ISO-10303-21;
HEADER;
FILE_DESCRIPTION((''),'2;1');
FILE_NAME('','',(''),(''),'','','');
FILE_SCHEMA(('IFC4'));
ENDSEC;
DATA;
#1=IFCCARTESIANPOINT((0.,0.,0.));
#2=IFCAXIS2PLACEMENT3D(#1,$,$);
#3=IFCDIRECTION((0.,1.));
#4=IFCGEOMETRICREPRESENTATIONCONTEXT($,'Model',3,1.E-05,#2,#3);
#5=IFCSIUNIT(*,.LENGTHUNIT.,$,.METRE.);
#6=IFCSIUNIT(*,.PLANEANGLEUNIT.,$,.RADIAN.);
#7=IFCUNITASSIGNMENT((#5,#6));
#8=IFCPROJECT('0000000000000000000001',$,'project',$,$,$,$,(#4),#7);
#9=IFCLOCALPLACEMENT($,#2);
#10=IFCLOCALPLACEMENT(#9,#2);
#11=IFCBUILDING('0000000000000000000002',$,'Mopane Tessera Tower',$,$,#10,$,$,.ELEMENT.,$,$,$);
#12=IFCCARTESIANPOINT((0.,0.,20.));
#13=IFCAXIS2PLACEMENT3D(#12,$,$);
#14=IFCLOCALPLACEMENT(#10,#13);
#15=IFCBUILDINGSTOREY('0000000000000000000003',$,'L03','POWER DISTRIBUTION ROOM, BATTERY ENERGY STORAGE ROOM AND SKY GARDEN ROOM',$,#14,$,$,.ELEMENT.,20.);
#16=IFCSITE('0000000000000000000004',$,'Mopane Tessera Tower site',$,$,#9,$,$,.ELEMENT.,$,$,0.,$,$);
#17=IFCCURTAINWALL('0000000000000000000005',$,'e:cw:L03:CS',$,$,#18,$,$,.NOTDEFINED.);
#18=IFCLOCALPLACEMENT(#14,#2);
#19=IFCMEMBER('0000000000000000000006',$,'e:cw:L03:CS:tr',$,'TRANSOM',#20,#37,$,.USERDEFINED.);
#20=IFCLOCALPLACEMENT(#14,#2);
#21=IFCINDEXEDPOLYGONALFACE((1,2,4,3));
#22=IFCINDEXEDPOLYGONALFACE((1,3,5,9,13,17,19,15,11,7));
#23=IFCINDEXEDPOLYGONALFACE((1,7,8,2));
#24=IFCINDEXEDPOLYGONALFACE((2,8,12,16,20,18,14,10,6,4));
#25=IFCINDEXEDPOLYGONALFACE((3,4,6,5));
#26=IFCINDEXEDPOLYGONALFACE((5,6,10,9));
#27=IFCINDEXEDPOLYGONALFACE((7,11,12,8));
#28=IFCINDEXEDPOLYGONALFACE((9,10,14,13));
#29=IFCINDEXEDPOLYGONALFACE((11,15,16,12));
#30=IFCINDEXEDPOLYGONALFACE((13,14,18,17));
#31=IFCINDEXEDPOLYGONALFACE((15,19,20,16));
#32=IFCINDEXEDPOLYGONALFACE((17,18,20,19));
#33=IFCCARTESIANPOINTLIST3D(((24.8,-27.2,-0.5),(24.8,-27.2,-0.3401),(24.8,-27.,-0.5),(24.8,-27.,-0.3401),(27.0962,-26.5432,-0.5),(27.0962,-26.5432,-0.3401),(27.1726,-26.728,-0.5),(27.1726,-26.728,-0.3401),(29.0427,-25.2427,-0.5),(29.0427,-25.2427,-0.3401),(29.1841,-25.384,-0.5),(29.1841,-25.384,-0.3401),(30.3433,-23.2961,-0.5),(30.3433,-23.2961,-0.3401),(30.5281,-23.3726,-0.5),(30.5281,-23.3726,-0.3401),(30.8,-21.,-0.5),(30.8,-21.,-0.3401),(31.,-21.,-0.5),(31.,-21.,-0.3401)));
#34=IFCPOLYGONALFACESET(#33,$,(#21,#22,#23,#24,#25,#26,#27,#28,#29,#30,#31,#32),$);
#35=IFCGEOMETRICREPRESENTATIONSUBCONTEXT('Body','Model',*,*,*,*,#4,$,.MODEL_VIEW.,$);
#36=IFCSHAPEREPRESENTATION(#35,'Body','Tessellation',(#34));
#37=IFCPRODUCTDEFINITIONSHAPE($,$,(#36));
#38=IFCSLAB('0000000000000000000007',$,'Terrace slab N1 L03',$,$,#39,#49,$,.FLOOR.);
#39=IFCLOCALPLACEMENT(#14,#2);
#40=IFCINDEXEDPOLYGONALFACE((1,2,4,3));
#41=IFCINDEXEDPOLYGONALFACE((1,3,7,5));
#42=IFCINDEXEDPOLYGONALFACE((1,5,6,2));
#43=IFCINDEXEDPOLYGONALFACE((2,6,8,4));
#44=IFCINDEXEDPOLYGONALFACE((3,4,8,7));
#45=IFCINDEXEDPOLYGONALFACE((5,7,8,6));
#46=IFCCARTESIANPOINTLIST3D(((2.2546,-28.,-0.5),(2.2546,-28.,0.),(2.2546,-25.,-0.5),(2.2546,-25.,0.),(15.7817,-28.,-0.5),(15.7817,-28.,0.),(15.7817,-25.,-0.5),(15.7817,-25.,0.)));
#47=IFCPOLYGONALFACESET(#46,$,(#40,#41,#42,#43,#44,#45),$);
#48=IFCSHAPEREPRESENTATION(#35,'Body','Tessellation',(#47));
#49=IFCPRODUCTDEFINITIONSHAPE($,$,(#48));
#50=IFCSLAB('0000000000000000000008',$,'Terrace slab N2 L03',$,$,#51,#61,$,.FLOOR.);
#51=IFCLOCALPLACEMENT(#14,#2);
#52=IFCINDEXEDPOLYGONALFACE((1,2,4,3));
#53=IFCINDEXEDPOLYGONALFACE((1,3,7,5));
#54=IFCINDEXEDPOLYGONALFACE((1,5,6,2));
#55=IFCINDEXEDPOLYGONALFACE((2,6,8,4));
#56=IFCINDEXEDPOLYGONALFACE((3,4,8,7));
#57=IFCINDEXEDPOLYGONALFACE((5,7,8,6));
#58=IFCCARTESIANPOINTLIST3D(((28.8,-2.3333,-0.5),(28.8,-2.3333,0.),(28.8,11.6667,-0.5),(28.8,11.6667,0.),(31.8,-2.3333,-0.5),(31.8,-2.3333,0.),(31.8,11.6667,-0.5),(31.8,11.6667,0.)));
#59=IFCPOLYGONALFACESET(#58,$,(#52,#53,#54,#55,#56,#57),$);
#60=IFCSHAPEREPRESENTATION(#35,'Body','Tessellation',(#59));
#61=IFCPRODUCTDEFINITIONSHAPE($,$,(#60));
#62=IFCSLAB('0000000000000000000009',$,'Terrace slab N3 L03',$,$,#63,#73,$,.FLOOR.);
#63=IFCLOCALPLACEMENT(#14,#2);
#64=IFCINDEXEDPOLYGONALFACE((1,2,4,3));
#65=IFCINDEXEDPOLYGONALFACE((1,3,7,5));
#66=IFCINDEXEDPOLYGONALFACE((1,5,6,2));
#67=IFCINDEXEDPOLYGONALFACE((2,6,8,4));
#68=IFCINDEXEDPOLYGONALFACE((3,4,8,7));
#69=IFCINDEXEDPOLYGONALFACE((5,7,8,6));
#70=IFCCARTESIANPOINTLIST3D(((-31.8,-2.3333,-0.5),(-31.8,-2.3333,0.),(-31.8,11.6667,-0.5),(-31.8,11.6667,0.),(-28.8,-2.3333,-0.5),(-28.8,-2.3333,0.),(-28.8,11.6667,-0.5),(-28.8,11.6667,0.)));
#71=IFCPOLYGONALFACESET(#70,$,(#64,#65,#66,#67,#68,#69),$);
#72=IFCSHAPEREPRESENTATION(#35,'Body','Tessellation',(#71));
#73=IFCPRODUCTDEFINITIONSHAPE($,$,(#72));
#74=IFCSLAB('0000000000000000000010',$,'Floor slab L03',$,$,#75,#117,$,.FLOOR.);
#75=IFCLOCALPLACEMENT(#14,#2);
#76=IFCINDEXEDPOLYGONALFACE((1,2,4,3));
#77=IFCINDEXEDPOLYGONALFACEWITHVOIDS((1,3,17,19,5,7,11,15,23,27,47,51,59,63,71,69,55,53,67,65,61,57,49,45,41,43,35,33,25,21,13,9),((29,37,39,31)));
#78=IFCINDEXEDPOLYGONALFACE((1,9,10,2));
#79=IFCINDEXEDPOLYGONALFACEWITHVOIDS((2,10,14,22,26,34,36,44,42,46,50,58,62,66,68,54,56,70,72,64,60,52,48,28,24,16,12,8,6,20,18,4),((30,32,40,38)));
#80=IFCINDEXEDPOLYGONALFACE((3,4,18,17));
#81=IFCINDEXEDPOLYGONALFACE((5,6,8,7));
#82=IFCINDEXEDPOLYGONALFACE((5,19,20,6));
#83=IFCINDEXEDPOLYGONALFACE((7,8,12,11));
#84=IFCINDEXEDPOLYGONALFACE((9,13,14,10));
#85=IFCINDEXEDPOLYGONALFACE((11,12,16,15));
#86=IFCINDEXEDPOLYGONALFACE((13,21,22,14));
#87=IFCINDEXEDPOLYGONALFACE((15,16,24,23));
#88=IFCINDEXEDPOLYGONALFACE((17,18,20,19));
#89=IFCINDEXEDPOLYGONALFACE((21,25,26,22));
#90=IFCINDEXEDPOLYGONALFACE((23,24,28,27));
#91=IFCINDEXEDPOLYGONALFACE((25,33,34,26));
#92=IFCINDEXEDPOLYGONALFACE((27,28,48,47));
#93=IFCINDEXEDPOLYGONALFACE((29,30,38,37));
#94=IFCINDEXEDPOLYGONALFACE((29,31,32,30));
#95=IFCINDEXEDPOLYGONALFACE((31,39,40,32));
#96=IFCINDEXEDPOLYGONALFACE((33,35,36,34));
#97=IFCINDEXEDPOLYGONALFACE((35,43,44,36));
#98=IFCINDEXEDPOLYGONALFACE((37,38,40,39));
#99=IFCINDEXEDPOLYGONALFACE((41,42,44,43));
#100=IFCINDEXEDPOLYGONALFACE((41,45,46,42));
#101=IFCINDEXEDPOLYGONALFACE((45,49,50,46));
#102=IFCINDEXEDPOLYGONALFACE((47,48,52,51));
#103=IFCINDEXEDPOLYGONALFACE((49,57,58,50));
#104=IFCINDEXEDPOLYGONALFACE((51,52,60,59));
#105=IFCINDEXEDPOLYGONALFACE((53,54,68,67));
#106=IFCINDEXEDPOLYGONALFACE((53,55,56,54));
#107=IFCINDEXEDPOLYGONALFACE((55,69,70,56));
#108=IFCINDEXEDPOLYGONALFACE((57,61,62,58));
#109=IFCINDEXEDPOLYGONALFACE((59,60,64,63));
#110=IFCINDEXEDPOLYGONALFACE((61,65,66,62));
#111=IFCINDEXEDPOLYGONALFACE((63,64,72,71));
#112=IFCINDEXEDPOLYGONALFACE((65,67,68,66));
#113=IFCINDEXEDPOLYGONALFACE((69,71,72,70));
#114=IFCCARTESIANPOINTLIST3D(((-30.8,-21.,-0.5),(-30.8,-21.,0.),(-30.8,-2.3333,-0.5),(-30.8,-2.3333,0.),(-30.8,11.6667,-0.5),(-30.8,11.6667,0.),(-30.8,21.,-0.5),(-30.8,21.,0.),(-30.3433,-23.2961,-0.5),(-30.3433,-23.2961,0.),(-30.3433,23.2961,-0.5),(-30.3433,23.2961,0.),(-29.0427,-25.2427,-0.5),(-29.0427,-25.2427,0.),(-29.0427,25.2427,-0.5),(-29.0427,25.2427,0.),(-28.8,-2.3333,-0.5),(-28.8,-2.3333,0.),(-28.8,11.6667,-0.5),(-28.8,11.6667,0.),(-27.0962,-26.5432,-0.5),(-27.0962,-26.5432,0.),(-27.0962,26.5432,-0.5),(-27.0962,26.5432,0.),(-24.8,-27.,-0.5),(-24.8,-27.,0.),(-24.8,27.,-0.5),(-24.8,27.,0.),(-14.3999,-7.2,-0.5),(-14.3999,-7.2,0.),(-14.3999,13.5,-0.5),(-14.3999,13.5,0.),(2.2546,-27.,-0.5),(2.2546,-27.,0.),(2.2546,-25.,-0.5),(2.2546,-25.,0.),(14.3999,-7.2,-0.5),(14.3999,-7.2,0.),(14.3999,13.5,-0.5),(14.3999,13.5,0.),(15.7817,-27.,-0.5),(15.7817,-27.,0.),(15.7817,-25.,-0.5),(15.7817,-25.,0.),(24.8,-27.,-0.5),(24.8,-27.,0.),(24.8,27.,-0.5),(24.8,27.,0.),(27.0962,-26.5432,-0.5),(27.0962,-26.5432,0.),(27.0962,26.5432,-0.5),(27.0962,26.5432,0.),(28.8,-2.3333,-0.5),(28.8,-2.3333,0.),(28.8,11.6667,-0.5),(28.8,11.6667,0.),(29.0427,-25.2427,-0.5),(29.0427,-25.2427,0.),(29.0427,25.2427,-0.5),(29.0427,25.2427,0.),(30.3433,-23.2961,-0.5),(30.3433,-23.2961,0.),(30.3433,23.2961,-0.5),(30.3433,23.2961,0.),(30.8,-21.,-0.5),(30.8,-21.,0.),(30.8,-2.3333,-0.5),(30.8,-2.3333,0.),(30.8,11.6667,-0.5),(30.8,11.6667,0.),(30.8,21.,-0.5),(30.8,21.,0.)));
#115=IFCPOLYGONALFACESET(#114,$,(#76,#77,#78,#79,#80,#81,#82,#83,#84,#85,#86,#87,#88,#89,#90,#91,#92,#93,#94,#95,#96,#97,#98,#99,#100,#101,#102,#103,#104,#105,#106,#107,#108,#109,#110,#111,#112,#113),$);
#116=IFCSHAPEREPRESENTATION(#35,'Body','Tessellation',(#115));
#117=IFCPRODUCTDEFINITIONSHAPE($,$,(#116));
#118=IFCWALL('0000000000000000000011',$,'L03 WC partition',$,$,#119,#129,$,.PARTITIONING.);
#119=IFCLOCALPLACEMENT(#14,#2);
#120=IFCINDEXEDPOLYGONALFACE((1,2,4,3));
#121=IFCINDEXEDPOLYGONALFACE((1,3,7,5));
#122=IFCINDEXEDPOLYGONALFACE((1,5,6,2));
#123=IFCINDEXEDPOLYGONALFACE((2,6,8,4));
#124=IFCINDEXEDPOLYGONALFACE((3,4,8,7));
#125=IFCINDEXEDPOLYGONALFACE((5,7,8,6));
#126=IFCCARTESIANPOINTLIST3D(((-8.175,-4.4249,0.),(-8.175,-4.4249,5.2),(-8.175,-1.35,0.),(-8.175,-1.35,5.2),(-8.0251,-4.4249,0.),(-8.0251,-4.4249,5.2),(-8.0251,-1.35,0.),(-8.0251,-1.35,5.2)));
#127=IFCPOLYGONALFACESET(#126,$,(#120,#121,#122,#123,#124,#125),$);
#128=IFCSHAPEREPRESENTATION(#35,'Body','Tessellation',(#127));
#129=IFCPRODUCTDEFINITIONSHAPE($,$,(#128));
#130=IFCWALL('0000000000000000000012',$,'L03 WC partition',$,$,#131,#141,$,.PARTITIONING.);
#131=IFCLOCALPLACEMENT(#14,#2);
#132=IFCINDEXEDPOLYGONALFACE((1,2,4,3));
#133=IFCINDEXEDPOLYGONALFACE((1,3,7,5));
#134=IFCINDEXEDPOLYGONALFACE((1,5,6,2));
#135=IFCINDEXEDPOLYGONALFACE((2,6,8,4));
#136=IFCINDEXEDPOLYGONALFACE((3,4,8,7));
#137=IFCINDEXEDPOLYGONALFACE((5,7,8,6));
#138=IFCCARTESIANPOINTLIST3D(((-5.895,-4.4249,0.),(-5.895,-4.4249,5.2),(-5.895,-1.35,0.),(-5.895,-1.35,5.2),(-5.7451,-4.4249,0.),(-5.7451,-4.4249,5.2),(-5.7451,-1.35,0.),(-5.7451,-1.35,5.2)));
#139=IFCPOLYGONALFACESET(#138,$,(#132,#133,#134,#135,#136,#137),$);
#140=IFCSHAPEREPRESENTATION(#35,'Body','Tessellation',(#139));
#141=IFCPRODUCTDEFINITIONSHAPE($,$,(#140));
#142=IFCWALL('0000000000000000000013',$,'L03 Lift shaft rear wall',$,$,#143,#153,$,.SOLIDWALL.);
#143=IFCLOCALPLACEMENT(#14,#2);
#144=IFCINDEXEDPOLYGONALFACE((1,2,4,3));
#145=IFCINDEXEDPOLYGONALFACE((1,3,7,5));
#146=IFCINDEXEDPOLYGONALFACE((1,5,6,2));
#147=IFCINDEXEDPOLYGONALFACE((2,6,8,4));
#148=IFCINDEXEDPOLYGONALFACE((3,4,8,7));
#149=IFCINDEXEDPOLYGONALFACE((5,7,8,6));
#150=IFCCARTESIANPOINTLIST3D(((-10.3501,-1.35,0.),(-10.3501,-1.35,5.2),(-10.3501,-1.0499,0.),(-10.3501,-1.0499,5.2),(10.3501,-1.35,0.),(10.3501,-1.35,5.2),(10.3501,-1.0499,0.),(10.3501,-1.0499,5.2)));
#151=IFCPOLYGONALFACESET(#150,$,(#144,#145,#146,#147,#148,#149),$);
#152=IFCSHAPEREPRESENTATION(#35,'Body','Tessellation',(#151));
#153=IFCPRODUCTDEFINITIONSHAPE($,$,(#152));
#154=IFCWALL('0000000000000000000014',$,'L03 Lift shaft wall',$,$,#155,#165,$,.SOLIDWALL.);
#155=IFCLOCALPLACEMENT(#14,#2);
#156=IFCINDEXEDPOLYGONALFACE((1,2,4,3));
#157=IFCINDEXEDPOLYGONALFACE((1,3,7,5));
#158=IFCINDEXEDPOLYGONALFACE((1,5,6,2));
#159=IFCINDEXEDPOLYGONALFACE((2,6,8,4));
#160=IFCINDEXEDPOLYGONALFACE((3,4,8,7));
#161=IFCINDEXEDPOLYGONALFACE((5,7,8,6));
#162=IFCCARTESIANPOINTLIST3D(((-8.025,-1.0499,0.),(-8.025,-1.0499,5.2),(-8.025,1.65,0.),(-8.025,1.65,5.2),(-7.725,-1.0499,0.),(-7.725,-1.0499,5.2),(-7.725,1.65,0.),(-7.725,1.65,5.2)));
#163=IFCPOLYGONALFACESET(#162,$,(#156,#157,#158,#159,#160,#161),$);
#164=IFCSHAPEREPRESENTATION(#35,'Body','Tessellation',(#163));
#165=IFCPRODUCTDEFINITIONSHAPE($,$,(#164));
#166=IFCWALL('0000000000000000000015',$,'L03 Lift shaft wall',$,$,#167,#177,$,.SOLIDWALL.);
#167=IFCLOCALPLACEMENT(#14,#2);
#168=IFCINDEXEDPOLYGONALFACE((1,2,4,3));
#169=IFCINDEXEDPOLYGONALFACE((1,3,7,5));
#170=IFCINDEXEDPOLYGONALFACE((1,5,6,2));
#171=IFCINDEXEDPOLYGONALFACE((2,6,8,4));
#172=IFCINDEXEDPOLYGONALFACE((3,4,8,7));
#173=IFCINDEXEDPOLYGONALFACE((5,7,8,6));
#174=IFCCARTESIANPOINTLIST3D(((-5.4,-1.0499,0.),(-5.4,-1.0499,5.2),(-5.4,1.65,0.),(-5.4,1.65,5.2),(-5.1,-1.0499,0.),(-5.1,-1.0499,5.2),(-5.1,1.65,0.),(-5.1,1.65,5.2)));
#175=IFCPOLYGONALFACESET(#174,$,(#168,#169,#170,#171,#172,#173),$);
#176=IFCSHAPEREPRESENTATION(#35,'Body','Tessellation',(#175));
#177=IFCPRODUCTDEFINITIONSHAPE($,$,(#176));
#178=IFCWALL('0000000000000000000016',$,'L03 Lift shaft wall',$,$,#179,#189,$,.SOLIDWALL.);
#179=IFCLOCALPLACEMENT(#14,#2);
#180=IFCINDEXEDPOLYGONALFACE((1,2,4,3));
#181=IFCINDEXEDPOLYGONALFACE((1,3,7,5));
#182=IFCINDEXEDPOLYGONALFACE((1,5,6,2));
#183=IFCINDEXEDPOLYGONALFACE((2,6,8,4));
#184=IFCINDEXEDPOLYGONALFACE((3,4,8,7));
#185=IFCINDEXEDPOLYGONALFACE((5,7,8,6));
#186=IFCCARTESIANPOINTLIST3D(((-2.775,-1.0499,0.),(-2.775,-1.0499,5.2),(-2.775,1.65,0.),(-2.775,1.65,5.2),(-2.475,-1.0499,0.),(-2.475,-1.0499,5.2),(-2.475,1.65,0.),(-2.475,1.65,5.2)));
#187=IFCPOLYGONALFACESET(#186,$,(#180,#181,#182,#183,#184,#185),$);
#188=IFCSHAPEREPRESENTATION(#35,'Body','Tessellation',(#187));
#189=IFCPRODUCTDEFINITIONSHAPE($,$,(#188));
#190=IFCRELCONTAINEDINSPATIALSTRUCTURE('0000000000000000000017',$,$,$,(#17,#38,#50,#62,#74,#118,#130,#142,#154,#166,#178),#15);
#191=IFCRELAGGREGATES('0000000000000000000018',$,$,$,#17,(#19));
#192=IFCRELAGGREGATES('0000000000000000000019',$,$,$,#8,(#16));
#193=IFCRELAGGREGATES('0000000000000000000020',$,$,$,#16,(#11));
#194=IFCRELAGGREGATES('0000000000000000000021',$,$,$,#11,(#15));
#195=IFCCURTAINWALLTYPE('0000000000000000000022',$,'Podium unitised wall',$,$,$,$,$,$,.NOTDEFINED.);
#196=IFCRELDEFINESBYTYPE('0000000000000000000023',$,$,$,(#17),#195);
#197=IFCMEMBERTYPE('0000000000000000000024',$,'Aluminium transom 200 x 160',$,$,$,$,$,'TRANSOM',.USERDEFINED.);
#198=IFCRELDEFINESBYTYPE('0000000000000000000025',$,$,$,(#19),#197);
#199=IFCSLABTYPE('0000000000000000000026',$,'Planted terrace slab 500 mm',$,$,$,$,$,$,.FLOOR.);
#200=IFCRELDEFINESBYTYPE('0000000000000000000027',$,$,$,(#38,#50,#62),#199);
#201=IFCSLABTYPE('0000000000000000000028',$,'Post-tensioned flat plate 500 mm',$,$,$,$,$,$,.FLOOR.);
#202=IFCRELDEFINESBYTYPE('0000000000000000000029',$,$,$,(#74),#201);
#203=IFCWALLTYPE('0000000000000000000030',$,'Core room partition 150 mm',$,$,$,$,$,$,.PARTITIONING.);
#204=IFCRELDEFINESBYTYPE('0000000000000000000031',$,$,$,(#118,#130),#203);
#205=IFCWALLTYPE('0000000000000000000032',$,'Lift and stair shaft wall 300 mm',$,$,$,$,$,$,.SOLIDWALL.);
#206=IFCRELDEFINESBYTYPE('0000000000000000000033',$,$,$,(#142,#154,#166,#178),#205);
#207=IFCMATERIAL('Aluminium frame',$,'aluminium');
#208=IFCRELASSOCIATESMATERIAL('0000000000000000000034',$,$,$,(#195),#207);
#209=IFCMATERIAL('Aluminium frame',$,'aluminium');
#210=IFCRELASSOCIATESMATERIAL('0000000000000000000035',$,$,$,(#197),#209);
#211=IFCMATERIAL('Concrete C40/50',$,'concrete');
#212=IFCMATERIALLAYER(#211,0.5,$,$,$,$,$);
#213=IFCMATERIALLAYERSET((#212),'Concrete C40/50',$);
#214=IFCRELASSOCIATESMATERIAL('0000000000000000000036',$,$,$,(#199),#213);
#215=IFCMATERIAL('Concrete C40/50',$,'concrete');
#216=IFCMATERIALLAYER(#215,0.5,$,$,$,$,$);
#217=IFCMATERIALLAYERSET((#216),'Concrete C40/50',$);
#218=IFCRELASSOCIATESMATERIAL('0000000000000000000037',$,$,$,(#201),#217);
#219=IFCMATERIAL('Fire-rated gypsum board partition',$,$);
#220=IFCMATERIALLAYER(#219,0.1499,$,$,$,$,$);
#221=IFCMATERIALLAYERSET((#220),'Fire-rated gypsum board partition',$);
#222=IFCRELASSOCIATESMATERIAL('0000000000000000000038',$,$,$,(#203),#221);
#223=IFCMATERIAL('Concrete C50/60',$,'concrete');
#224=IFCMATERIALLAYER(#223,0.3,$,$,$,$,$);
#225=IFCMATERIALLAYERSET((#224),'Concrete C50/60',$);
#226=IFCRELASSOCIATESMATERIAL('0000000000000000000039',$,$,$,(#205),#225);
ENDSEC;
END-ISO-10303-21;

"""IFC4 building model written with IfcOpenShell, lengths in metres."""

from ifc_helpers import new_model, si_unit, direction, frame, frame_2d, origin, origin_2d, place, context, subcontext, project, spatial, polyline, rectangle, outline, extrude, material, layer, layer_set, material_profile, profile_set, type_object, element, aggregate, save


model = new_model("IFC4")

# Units and contexts
model_context = context("Model", 3, precision=1e-05, world=origin(), true_north=direction((0.0, 1.0)))
body_context = subcontext(model_context, "Body", "Model", "MODEL_VIEW")
ifc_project = project(units=[si_unit("LENGTHUNIT", "METRE"), si_unit("PLANEANGLEUNIT", "RADIAN")], contexts=[model_context])

# Site, building, storey
site_placement = place(None, origin())
site = spatial("IfcSite", under=ifc_project, at=site_placement, Name="Mopane Tessera Tower site", CompositionType="ELEMENT", RefElevation=0.0)
building_placement = place(site_placement, origin())
building = spatial("IfcBuilding", under=site, at=building_placement, Name="Mopane Tessera Tower", CompositionType="ELEMENT")
storey_placement = place(building_placement, frame((0.0, 0.0, 20.0)))
storey = spatial("IfcBuildingStorey", under=building, at=storey_placement, Name="L03", Description="POWER DISTRIBUTION ROOM, BATTERY ENERGY STORAGE ROOM AND SKY GARDEN ROOM", CompositionType="ELEMENT", Elevation=20.0)

# Curtain wall, member
ifc_material_1 = material(Name="Aluminium frame", Category="aluminium")
curtain_wall_type = type_object("IfcCurtainWallType", Name="Podium unitised wall", PredefinedType="NOTDEFINED", material=ifc_material_1)
curtain_wall_placement = place(storey_placement, origin())
curtain_wall = element("IfcCurtainWall", 1, at=curtain_wall_placement, inside=storey, type_object=curtain_wall_type, Name="e:cw:L03:CS", PredefinedType="NOTDEFINED")
ifc_material_2 = material(Name="Aluminium frame", Category="aluminium")
ifc_material_profile = material_profile(ifc_material_2, rectangle(XDim=0.2, YDim=0.1599, at=origin_2d()))
ifc_profile_set = profile_set([ifc_material_profile], Name="Aluminium frame")
member_type = type_object("IfcMemberType", Name="Aluminium transom 200 x 160", ElementType="TRANSOM", PredefinedType="USERDEFINED", material=ifc_profile_set)
member_placement = place(storey_placement, frame((0.0, 0.0, -0.5)))
member = element("IfcMember", 2, at=member_placement, type_object=member_type, Name="e:cw:L03:CS:tr", ObjectType="TRANSOM", PredefinedType="USERDEFINED", context=body_context, shape_type="SweptSolid", body=[
    extrude(outline(polyline([(24.8, -27.0), (27.0962, -26.5432), (29.0427, -25.2427), (30.3433, -23.2961), (30.8, -21.0), (31.0, -21.0), (30.5281, -23.3726), (29.1841, -25.384), (27.1726, -26.728), (24.8, -27.2), (24.8, -27.0)])), origin(), (0.0, 0.0, 1.0), 0.1599),
])
aggregate(curtain_wall, [member])

# Slabs
ifc_material_3 = material(Name="Concrete C40/50", Category="concrete")
ifc_layer_1 = layer(ifc_material_3, 0.5)
ifc_layer_set_1 = layer_set([ifc_layer_1], Name="Concrete C40/50")
slab_type_1 = type_object("IfcSlabType", Name="Planted terrace slab 500 mm", PredefinedType="FLOOR", material=ifc_layer_set_1)
slab_1_placement = place(storey_placement, frame((0.0, 0.0, -0.5)))
element("IfcSlab", 3, at=slab_1_placement, inside=storey, type_object=slab_type_1, Name="Terrace slab N1 L03", PredefinedType="FLOOR", context=body_context, shape_type="SweptSolid", body=[
    extrude(outline(polyline([(15.7817, -28.0), (15.7817, -25.0), (2.2546, -25.0), (2.2546, -28.0), (15.7817, -28.0)])), origin(), (0.0, 0.0, 1.0), 0.5),
])
slab_2_placement = place(storey_placement, frame((0.0, 0.0, -0.5)))
element("IfcSlab", 4, at=slab_2_placement, inside=storey, type_object=slab_type_1, Name="Terrace slab N2 L03", PredefinedType="FLOOR", context=body_context, shape_type="SweptSolid", body=[
    extrude(outline(polyline([(31.8, 11.6667), (28.8, 11.6667), (28.8, -2.3333), (31.8, -2.3333), (31.8, 11.6667)])), origin(), (0.0, 0.0, 1.0), 0.5),
])
slab_3_placement = place(storey_placement, frame((0.0, 0.0, -0.5)))
element("IfcSlab", 5, at=slab_3_placement, inside=storey, type_object=slab_type_1, Name="Terrace slab N3 L03", PredefinedType="FLOOR", context=body_context, shape_type="SweptSolid", body=[
    extrude(outline(polyline([(-31.8, -2.3333), (-28.8, -2.3333), (-28.8, 11.6667), (-31.8, 11.6667), (-31.8, -2.3333)])), origin(), (0.0, 0.0, 1.0), 0.5),
])
ifc_material_4 = material(Name="Concrete C40/50", Category="concrete")
ifc_layer_2 = layer(ifc_material_4, 0.5)
ifc_layer_set_2 = layer_set([ifc_layer_2], Name="Concrete C40/50")
slab_type_2 = type_object("IfcSlabType", Name="Post-tensioned flat plate 500 mm", PredefinedType="FLOOR", material=ifc_layer_set_2)
slab_4_placement = place(storey_placement, frame((0.0, 0.0, -0.5)))
element("IfcSlab", 6, at=slab_4_placement, inside=storey, type_object=slab_type_2, Name="Floor slab L03", PredefinedType="FLOOR", context=body_context, shape_type="SweptSolid", body=[
    extrude(outline(polyline([(-24.8, -27.0), (2.2546, -27.0), (2.2546, -25.0), (15.7817, -25.0), (15.7817, -27.0), (24.8, -27.0), (27.0962, -26.5432), (29.0427, -25.2427), (30.3433, -23.2961), (30.8, -21.0), (30.8, -2.3333), (28.8, -2.3333), (28.8, 11.6667), (30.8, 11.6667), (30.8, 21.0), (30.3433, 23.2961), (29.0427, 25.2427), (27.0962, 26.5432), (24.8, 27.0), (-24.8, 27.0), (-27.0962, 26.5432), (-29.0427, 25.2427), (-30.3433, 23.2961), (-30.8, 21.0), (-30.8, 11.6667), (-28.8, 11.6667), (-28.8, -2.3333), (-30.8, -2.3333), (-30.8, -21.0), (-30.3433, -23.2961), (-29.0427, -25.2427), (-27.0962, -26.5432), (-24.8, -27.0)]), holes=[polyline([(14.3999, -7.2), (-14.3999, -7.2), (-14.3999, 13.5), (14.3999, 13.5), (14.3999, -7.2)])]), origin(), (0.0, 0.0, 1.0), 0.5),
])

# Walls
ifc_material_5 = material(Name="Fire-rated gypsum board partition")
ifc_layer_3 = layer(ifc_material_5, 0.1499)
ifc_layer_set_3 = layer_set([ifc_layer_3], Name="Fire-rated gypsum board partition")
wall_type_1 = type_object("IfcWallType", Name="Core room partition 150 mm", PredefinedType="PARTITIONING", material=ifc_layer_set_3)
for number, where, z_axis, x_axis, name in (
    (7, (-8.1001, -4.425, 0.0), (0.0, 0.0, 1.0), (0.0, 1.0, 0.0), "L03 WC partition"),
    (8, (-5.8201, -4.425, 0.0), (0.0, 0.0, 1.0), (0.0, 1.0, 0.0), "L03 WC partition"),
):
    element("IfcWall", number, at=place(storey_placement, frame(where, z_axis=z_axis, x_axis=x_axis)), inside=storey, type_object=wall_type_1, Name=name, PredefinedType="PARTITIONING", context=body_context, shape_type="SweptSolid", body=[
        extrude(rectangle(XDim=3.075, YDim=0.1499, at=frame_2d((1.5376, 0.0))), origin(), (0.0, 0.0, 1.0), 5.2),
    ])
ifc_material_6 = material(Name="Concrete C50/60", Category="concrete")
ifc_layer_4 = layer(ifc_material_6, 0.3)
ifc_layer_set_4 = layer_set([ifc_layer_4], Name="Concrete C50/60")
wall_type_2 = type_object("IfcWallType", Name="Lift and stair shaft wall 300 mm", PredefinedType="SOLIDWALL", material=ifc_layer_set_4)
wall_placement = place(storey_placement, frame((-10.3501, -1.2, 0.0), z_axis=(0.0, 0.0, 1.0), x_axis=(1.0, 0.0, 0.0)))
element("IfcWall", 9, at=wall_placement, inside=storey, type_object=wall_type_2, Name="L03 Lift shaft rear wall", PredefinedType="SOLIDWALL", context=body_context, shape_type="SweptSolid", body=[
    extrude(rectangle(XDim=20.7002, YDim=0.3, at=frame_2d((10.3501, 0.0))), origin(), (0.0, 0.0, 1.0), 5.2),
])
for number, where, z_axis, x_axis, name in (
    (10, (-7.875, -1.05, 0.0), (0.0, 0.0, 1.0), (0.0, 1.0, 0.0), "L03 Lift shaft wall"),
    (11, (-5.25, -1.05, 0.0), (0.0, 0.0, 1.0), (0.0, 1.0, 0.0), "L03 Lift shaft wall"),
    (12, (-2.625, -1.05, 0.0), (0.0, 0.0, 1.0), (0.0, 1.0, 0.0), "L03 Lift shaft wall"),
):
    element("IfcWall", number, at=place(storey_placement, frame(where, z_axis=z_axis, x_axis=x_axis)), inside=storey, type_object=wall_type_2, Name=name, PredefinedType="SOLIDWALL", context=body_context, shape_type="SweptSolid", body=[
        extrude(rectangle(XDim=2.7, YDim=0.3, at=frame_2d((1.3501, 0.0))), origin(), (0.0, 0.0, 1.0), 5.2),
    ])

save(model, "model.ifc")
